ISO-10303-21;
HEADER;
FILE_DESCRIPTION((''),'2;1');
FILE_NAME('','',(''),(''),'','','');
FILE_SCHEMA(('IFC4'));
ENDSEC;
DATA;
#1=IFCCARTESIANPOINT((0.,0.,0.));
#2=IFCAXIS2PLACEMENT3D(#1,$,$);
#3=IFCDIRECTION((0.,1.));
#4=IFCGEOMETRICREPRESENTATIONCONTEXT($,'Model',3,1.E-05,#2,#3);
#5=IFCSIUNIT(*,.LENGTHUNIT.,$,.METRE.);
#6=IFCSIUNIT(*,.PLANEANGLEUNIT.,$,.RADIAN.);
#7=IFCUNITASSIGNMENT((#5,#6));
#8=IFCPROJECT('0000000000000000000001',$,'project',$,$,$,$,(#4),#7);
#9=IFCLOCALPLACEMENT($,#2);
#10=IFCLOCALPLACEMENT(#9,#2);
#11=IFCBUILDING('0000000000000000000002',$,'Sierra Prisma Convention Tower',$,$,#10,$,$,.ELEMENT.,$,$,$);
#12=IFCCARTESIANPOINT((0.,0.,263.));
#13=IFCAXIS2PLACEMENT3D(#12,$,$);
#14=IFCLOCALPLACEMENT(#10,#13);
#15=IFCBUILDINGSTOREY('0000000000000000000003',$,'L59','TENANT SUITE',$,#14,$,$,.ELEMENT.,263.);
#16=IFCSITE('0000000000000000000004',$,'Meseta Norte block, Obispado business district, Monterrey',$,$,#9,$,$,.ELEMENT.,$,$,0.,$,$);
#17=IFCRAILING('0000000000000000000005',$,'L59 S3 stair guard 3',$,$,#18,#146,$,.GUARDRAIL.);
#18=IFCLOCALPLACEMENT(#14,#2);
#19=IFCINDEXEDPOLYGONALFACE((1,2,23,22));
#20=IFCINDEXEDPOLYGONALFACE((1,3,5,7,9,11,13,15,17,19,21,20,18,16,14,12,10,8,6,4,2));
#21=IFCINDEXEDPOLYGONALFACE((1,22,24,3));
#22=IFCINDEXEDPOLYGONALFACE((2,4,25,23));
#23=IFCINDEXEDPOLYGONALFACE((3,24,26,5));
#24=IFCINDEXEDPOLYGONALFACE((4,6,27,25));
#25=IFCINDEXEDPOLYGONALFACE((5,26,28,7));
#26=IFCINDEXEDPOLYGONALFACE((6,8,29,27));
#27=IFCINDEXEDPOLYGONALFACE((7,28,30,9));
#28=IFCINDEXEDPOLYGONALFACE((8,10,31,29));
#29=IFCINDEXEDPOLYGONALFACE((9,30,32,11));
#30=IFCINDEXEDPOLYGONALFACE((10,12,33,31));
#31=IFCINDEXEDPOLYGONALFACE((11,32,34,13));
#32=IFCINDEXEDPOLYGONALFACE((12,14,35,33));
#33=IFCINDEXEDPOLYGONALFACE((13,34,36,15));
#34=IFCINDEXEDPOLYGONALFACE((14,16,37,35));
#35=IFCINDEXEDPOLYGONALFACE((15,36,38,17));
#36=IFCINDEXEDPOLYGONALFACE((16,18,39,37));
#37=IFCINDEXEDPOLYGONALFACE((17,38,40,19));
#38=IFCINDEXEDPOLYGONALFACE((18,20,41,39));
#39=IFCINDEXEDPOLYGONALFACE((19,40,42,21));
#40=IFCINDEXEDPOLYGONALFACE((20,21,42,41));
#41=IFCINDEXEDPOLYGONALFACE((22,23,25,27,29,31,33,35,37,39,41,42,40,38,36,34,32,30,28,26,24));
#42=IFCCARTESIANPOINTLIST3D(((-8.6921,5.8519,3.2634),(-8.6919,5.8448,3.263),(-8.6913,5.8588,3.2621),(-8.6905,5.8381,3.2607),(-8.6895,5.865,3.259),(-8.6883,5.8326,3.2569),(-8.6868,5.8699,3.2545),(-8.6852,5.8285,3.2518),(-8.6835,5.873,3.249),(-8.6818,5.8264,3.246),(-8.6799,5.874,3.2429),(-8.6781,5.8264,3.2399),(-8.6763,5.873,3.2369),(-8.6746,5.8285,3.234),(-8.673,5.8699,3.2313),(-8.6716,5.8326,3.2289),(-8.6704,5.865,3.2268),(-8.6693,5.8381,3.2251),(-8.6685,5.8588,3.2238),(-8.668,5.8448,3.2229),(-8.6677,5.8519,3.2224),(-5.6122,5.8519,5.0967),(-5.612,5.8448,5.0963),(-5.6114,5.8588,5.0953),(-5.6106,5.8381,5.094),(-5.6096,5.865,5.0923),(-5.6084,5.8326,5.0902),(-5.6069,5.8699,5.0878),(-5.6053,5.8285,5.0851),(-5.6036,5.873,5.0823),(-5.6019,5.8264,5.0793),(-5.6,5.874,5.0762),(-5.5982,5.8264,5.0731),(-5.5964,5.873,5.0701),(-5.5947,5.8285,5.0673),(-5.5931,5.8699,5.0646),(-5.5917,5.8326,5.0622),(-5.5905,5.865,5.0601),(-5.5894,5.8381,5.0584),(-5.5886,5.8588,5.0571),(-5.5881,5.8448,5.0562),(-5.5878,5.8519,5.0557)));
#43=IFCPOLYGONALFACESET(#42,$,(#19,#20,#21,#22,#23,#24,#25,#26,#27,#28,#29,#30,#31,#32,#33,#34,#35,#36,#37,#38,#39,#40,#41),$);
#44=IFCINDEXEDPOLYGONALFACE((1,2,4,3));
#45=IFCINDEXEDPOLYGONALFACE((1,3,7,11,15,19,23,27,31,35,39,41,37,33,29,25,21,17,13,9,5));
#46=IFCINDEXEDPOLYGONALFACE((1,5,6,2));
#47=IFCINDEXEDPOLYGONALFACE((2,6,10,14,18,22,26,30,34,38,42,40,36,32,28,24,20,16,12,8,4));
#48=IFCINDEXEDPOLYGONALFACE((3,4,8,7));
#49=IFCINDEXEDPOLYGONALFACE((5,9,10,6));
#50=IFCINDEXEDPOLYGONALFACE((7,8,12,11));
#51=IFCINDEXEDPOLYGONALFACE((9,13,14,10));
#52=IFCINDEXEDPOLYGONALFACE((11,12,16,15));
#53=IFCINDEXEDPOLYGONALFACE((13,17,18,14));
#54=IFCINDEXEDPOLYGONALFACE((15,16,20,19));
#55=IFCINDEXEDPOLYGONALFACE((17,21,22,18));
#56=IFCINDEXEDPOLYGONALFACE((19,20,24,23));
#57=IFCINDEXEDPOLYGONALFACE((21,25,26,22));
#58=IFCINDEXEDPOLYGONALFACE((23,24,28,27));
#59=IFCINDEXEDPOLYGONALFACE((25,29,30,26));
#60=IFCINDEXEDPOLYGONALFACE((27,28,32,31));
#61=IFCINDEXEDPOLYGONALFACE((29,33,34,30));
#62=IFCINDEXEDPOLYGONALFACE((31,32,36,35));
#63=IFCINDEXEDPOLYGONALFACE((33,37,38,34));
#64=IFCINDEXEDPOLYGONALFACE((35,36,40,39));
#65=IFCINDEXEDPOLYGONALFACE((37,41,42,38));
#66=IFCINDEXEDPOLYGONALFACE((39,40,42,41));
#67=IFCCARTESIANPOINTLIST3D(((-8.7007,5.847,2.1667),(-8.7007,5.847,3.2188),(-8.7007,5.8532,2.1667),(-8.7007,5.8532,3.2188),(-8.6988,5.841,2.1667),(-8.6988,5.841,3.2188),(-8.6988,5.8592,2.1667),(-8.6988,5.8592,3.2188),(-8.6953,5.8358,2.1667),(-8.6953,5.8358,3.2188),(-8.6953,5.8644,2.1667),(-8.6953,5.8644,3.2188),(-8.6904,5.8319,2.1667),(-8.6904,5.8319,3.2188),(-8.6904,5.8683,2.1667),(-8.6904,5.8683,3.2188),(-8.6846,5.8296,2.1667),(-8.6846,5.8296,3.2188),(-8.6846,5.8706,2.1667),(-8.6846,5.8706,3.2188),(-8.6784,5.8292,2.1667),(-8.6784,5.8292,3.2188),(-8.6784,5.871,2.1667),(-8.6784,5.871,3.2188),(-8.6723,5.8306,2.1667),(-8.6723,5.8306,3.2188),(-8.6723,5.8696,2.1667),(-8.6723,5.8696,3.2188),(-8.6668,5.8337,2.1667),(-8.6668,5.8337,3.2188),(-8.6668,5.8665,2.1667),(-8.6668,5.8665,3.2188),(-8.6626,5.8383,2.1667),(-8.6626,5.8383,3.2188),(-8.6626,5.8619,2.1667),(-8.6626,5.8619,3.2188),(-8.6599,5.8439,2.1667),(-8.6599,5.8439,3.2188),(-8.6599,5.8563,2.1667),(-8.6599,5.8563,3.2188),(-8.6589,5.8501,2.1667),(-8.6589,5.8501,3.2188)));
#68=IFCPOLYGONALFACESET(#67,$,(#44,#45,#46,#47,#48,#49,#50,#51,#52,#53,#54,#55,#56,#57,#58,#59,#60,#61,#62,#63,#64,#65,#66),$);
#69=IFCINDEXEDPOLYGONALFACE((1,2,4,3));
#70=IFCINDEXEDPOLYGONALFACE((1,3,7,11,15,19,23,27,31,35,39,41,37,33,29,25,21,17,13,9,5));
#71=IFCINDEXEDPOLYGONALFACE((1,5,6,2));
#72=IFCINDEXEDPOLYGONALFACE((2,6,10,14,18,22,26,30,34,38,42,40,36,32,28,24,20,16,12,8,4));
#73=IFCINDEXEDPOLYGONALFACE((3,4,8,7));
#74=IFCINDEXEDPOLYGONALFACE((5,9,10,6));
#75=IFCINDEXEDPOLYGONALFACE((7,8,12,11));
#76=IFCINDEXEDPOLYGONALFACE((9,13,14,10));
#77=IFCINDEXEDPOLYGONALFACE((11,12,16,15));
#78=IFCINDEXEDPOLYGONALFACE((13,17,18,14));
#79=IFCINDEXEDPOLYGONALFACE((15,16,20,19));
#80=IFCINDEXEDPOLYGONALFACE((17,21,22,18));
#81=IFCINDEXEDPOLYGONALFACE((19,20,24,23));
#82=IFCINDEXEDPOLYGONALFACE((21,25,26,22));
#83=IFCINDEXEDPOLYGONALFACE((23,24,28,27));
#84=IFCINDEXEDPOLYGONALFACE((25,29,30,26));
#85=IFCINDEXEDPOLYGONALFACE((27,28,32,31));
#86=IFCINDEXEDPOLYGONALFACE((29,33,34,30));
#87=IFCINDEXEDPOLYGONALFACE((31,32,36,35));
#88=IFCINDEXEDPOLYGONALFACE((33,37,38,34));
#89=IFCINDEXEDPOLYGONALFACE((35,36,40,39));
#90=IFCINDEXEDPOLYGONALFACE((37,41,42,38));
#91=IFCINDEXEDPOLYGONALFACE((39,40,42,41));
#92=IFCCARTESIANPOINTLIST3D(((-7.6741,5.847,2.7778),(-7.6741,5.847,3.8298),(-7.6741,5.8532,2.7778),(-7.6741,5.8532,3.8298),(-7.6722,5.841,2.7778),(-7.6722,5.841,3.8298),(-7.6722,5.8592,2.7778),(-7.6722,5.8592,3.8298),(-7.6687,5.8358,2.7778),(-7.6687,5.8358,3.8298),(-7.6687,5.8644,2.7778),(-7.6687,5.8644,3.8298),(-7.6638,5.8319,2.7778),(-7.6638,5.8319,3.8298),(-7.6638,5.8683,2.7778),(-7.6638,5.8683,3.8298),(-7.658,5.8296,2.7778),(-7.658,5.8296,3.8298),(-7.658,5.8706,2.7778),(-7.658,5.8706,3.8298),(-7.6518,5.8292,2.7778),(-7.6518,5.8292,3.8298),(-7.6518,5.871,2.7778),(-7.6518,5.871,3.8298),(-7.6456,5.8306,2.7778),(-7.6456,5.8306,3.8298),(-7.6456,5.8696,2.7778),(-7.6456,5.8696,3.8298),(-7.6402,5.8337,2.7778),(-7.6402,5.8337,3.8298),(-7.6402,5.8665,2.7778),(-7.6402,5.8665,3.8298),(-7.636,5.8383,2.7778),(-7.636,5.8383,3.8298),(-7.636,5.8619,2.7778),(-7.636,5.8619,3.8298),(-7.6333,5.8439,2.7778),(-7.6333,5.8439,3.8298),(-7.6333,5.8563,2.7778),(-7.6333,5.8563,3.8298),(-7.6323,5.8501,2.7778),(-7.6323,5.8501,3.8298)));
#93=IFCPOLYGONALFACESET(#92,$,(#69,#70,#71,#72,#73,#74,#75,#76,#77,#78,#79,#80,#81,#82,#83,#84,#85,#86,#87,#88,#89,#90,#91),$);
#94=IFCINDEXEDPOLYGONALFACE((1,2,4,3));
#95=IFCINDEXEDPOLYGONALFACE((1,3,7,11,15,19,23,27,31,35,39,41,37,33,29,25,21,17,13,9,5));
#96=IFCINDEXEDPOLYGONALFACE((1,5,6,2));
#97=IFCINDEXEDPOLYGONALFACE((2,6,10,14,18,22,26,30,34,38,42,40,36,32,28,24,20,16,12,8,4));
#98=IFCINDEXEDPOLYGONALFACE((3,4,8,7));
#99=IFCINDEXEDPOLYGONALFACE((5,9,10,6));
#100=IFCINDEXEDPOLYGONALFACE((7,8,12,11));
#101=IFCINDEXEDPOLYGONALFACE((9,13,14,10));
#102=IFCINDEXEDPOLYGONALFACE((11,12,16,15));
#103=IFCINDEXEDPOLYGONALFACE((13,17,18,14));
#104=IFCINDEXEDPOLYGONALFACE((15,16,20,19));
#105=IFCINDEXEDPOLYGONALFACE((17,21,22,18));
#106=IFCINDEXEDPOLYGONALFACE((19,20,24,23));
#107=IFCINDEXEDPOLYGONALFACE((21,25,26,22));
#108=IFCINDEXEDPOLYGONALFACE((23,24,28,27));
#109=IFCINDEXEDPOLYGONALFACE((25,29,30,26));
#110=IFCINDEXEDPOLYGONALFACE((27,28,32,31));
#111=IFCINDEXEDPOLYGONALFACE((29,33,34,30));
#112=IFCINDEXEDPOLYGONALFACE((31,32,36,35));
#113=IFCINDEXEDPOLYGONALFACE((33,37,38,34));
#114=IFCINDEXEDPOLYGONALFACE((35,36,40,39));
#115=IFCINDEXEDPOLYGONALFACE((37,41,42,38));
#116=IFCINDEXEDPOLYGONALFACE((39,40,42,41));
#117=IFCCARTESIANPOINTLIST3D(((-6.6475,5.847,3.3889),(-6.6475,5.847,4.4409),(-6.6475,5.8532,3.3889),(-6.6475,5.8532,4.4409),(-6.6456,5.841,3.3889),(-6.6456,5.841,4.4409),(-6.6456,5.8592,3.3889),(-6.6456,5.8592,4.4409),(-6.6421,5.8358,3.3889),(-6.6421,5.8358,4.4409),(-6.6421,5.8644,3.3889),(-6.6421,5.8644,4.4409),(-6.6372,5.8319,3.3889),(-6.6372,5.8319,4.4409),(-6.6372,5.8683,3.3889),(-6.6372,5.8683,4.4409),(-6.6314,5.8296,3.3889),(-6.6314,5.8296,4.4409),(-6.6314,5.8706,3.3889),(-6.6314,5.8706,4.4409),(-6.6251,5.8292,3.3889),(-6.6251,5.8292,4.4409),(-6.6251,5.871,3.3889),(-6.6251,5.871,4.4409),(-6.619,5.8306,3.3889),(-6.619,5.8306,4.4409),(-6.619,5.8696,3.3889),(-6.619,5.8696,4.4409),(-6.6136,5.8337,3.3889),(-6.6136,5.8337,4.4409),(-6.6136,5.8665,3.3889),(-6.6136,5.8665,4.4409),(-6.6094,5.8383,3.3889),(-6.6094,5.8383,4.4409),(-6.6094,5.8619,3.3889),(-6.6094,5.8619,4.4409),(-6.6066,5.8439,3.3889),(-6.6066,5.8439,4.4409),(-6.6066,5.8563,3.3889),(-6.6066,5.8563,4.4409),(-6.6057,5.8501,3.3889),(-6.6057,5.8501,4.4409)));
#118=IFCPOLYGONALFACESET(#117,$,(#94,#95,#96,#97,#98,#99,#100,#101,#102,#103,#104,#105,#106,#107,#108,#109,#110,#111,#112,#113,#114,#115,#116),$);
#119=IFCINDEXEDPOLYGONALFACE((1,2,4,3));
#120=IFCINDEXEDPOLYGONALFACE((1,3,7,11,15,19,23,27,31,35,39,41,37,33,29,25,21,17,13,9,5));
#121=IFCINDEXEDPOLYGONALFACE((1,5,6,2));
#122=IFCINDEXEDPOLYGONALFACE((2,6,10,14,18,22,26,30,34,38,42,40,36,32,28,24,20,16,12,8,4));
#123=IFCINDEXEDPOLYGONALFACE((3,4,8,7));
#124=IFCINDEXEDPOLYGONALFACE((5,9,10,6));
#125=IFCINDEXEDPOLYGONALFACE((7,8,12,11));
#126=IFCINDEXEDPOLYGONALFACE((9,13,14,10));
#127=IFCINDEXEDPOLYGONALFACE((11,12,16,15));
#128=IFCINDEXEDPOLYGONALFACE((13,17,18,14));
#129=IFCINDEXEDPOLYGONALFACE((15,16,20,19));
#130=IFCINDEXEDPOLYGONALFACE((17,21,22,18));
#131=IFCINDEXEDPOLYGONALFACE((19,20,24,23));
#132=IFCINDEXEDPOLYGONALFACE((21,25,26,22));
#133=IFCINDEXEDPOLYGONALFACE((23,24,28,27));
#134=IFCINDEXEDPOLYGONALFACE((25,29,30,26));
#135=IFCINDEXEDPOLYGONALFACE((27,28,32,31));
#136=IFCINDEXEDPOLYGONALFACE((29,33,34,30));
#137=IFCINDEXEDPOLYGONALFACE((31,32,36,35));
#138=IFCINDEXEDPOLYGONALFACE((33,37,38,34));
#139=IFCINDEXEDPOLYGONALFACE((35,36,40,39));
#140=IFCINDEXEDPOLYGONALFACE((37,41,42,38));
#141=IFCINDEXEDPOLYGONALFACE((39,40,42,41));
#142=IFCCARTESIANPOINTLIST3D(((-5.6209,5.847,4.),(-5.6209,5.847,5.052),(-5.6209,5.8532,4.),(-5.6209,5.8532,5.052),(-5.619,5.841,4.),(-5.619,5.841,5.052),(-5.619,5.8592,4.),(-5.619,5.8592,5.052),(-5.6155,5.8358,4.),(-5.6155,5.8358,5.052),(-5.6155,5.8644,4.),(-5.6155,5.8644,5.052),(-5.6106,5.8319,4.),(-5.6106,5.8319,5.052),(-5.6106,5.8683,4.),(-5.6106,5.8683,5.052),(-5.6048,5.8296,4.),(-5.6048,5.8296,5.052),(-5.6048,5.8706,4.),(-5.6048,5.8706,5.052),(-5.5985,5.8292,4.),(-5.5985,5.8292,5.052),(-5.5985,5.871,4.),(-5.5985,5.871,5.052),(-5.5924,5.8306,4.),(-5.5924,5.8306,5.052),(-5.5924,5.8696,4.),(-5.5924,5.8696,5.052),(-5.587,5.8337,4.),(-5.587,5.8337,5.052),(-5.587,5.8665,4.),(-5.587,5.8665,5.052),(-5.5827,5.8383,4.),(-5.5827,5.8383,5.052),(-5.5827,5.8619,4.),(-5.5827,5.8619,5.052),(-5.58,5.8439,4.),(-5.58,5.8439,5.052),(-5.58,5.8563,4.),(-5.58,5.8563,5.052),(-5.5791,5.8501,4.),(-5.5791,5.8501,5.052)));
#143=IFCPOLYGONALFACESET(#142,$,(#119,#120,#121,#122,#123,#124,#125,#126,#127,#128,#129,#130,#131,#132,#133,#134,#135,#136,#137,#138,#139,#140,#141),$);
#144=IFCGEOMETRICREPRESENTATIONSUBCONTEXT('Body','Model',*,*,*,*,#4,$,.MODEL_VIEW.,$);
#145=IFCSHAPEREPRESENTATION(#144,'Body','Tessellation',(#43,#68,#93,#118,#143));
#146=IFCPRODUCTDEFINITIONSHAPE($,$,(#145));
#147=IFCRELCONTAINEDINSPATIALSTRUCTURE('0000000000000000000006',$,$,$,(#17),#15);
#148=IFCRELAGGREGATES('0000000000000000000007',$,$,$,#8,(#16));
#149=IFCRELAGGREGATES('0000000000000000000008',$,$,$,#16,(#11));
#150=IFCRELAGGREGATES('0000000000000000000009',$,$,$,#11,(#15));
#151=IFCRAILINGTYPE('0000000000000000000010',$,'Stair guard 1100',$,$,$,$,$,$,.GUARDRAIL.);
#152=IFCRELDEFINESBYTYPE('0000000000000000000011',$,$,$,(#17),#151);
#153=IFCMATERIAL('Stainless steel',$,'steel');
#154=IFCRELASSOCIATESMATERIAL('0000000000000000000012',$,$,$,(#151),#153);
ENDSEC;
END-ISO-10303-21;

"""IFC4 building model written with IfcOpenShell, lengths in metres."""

from ifc_helpers import new_model, si_unit, direction, frame, origin, origin_2d, place, context, subcontext, project, spatial, circle, extrude, material, type_object, element, save


model = new_model("IFC4")

# Units and contexts
model_context = context("Model", 3, precision=1e-05, world=origin(), true_north=direction((0.0, 1.0)))
body_context = subcontext(model_context, "Body", "Model", "MODEL_VIEW")
ifc_project = project(units=[si_unit("LENGTHUNIT", "METRE"), si_unit("PLANEANGLEUNIT", "RADIAN")], contexts=[model_context])

# Site, building, storey
site_placement = place(None, origin())
site = spatial("IfcSite", under=ifc_project, at=site_placement, Name="Meseta Norte block, Obispado business district, Monterrey", CompositionType="ELEMENT", RefElevation=0.0)
building_placement = place(site_placement, origin())
building = spatial("IfcBuilding", under=site, at=building_placement, Name="Sierra Prisma Convention Tower", CompositionType="ELEMENT")
storey_placement = place(building_placement, frame((0.0, 0.0, 263.0)))
storey = spatial("IfcBuildingStorey", under=building, at=storey_placement, Name="L59", Description="TENANT SUITE", CompositionType="ELEMENT", Elevation=263.0)

# Railing
ifc_material_1 = material(Name="Stainless steel", Category="steel")
railing_type_1 = type_object("IfcRailingType", Name="Stair guard 1100", PredefinedType="GUARDRAIL", material=ifc_material_1)
railing_1_placement = place(storey_placement, frame((-8.6799, 5.8501, 2.1667)))
element("IfcRailing", 1, at=railing_1_placement, inside=storey, type_object=railing_type_1, Name="L59 S3 stair guard 3", PredefinedType="GUARDRAIL", context=body_context, shape_type="SweptSolid", body=[
    extrude(circle(Radius=0.0239, at=origin_2d()), frame((0.0, 0.0, 1.0762), z_axis=(0.859291, 0.0, 0.511487), x_axis=(0.0, 1.0, 0.0)), (0.0, 0.0, 1.0), 3.5842),
    extrude(circle(Radius=0.021, at=origin_2d()), origin(), (0.0, 0.0, 1.0), 1.052),
    extrude(circle(Radius=0.021, at=origin_2d()), frame((1.0266, 0.0, 0.6111)), (0.0, 0.0, 1.0), 1.052),
    extrude(circle(Radius=0.021, at=origin_2d()), frame((2.0532, 0.0, 1.2222)), (0.0, 0.0, 1.0), 1.052),
    extrude(circle(Radius=0.021, at=origin_2d()), frame((3.0798, 0.0, 1.8333)), (0.0, 0.0, 1.0), 1.052),
])

save(model, "model.ifc")
